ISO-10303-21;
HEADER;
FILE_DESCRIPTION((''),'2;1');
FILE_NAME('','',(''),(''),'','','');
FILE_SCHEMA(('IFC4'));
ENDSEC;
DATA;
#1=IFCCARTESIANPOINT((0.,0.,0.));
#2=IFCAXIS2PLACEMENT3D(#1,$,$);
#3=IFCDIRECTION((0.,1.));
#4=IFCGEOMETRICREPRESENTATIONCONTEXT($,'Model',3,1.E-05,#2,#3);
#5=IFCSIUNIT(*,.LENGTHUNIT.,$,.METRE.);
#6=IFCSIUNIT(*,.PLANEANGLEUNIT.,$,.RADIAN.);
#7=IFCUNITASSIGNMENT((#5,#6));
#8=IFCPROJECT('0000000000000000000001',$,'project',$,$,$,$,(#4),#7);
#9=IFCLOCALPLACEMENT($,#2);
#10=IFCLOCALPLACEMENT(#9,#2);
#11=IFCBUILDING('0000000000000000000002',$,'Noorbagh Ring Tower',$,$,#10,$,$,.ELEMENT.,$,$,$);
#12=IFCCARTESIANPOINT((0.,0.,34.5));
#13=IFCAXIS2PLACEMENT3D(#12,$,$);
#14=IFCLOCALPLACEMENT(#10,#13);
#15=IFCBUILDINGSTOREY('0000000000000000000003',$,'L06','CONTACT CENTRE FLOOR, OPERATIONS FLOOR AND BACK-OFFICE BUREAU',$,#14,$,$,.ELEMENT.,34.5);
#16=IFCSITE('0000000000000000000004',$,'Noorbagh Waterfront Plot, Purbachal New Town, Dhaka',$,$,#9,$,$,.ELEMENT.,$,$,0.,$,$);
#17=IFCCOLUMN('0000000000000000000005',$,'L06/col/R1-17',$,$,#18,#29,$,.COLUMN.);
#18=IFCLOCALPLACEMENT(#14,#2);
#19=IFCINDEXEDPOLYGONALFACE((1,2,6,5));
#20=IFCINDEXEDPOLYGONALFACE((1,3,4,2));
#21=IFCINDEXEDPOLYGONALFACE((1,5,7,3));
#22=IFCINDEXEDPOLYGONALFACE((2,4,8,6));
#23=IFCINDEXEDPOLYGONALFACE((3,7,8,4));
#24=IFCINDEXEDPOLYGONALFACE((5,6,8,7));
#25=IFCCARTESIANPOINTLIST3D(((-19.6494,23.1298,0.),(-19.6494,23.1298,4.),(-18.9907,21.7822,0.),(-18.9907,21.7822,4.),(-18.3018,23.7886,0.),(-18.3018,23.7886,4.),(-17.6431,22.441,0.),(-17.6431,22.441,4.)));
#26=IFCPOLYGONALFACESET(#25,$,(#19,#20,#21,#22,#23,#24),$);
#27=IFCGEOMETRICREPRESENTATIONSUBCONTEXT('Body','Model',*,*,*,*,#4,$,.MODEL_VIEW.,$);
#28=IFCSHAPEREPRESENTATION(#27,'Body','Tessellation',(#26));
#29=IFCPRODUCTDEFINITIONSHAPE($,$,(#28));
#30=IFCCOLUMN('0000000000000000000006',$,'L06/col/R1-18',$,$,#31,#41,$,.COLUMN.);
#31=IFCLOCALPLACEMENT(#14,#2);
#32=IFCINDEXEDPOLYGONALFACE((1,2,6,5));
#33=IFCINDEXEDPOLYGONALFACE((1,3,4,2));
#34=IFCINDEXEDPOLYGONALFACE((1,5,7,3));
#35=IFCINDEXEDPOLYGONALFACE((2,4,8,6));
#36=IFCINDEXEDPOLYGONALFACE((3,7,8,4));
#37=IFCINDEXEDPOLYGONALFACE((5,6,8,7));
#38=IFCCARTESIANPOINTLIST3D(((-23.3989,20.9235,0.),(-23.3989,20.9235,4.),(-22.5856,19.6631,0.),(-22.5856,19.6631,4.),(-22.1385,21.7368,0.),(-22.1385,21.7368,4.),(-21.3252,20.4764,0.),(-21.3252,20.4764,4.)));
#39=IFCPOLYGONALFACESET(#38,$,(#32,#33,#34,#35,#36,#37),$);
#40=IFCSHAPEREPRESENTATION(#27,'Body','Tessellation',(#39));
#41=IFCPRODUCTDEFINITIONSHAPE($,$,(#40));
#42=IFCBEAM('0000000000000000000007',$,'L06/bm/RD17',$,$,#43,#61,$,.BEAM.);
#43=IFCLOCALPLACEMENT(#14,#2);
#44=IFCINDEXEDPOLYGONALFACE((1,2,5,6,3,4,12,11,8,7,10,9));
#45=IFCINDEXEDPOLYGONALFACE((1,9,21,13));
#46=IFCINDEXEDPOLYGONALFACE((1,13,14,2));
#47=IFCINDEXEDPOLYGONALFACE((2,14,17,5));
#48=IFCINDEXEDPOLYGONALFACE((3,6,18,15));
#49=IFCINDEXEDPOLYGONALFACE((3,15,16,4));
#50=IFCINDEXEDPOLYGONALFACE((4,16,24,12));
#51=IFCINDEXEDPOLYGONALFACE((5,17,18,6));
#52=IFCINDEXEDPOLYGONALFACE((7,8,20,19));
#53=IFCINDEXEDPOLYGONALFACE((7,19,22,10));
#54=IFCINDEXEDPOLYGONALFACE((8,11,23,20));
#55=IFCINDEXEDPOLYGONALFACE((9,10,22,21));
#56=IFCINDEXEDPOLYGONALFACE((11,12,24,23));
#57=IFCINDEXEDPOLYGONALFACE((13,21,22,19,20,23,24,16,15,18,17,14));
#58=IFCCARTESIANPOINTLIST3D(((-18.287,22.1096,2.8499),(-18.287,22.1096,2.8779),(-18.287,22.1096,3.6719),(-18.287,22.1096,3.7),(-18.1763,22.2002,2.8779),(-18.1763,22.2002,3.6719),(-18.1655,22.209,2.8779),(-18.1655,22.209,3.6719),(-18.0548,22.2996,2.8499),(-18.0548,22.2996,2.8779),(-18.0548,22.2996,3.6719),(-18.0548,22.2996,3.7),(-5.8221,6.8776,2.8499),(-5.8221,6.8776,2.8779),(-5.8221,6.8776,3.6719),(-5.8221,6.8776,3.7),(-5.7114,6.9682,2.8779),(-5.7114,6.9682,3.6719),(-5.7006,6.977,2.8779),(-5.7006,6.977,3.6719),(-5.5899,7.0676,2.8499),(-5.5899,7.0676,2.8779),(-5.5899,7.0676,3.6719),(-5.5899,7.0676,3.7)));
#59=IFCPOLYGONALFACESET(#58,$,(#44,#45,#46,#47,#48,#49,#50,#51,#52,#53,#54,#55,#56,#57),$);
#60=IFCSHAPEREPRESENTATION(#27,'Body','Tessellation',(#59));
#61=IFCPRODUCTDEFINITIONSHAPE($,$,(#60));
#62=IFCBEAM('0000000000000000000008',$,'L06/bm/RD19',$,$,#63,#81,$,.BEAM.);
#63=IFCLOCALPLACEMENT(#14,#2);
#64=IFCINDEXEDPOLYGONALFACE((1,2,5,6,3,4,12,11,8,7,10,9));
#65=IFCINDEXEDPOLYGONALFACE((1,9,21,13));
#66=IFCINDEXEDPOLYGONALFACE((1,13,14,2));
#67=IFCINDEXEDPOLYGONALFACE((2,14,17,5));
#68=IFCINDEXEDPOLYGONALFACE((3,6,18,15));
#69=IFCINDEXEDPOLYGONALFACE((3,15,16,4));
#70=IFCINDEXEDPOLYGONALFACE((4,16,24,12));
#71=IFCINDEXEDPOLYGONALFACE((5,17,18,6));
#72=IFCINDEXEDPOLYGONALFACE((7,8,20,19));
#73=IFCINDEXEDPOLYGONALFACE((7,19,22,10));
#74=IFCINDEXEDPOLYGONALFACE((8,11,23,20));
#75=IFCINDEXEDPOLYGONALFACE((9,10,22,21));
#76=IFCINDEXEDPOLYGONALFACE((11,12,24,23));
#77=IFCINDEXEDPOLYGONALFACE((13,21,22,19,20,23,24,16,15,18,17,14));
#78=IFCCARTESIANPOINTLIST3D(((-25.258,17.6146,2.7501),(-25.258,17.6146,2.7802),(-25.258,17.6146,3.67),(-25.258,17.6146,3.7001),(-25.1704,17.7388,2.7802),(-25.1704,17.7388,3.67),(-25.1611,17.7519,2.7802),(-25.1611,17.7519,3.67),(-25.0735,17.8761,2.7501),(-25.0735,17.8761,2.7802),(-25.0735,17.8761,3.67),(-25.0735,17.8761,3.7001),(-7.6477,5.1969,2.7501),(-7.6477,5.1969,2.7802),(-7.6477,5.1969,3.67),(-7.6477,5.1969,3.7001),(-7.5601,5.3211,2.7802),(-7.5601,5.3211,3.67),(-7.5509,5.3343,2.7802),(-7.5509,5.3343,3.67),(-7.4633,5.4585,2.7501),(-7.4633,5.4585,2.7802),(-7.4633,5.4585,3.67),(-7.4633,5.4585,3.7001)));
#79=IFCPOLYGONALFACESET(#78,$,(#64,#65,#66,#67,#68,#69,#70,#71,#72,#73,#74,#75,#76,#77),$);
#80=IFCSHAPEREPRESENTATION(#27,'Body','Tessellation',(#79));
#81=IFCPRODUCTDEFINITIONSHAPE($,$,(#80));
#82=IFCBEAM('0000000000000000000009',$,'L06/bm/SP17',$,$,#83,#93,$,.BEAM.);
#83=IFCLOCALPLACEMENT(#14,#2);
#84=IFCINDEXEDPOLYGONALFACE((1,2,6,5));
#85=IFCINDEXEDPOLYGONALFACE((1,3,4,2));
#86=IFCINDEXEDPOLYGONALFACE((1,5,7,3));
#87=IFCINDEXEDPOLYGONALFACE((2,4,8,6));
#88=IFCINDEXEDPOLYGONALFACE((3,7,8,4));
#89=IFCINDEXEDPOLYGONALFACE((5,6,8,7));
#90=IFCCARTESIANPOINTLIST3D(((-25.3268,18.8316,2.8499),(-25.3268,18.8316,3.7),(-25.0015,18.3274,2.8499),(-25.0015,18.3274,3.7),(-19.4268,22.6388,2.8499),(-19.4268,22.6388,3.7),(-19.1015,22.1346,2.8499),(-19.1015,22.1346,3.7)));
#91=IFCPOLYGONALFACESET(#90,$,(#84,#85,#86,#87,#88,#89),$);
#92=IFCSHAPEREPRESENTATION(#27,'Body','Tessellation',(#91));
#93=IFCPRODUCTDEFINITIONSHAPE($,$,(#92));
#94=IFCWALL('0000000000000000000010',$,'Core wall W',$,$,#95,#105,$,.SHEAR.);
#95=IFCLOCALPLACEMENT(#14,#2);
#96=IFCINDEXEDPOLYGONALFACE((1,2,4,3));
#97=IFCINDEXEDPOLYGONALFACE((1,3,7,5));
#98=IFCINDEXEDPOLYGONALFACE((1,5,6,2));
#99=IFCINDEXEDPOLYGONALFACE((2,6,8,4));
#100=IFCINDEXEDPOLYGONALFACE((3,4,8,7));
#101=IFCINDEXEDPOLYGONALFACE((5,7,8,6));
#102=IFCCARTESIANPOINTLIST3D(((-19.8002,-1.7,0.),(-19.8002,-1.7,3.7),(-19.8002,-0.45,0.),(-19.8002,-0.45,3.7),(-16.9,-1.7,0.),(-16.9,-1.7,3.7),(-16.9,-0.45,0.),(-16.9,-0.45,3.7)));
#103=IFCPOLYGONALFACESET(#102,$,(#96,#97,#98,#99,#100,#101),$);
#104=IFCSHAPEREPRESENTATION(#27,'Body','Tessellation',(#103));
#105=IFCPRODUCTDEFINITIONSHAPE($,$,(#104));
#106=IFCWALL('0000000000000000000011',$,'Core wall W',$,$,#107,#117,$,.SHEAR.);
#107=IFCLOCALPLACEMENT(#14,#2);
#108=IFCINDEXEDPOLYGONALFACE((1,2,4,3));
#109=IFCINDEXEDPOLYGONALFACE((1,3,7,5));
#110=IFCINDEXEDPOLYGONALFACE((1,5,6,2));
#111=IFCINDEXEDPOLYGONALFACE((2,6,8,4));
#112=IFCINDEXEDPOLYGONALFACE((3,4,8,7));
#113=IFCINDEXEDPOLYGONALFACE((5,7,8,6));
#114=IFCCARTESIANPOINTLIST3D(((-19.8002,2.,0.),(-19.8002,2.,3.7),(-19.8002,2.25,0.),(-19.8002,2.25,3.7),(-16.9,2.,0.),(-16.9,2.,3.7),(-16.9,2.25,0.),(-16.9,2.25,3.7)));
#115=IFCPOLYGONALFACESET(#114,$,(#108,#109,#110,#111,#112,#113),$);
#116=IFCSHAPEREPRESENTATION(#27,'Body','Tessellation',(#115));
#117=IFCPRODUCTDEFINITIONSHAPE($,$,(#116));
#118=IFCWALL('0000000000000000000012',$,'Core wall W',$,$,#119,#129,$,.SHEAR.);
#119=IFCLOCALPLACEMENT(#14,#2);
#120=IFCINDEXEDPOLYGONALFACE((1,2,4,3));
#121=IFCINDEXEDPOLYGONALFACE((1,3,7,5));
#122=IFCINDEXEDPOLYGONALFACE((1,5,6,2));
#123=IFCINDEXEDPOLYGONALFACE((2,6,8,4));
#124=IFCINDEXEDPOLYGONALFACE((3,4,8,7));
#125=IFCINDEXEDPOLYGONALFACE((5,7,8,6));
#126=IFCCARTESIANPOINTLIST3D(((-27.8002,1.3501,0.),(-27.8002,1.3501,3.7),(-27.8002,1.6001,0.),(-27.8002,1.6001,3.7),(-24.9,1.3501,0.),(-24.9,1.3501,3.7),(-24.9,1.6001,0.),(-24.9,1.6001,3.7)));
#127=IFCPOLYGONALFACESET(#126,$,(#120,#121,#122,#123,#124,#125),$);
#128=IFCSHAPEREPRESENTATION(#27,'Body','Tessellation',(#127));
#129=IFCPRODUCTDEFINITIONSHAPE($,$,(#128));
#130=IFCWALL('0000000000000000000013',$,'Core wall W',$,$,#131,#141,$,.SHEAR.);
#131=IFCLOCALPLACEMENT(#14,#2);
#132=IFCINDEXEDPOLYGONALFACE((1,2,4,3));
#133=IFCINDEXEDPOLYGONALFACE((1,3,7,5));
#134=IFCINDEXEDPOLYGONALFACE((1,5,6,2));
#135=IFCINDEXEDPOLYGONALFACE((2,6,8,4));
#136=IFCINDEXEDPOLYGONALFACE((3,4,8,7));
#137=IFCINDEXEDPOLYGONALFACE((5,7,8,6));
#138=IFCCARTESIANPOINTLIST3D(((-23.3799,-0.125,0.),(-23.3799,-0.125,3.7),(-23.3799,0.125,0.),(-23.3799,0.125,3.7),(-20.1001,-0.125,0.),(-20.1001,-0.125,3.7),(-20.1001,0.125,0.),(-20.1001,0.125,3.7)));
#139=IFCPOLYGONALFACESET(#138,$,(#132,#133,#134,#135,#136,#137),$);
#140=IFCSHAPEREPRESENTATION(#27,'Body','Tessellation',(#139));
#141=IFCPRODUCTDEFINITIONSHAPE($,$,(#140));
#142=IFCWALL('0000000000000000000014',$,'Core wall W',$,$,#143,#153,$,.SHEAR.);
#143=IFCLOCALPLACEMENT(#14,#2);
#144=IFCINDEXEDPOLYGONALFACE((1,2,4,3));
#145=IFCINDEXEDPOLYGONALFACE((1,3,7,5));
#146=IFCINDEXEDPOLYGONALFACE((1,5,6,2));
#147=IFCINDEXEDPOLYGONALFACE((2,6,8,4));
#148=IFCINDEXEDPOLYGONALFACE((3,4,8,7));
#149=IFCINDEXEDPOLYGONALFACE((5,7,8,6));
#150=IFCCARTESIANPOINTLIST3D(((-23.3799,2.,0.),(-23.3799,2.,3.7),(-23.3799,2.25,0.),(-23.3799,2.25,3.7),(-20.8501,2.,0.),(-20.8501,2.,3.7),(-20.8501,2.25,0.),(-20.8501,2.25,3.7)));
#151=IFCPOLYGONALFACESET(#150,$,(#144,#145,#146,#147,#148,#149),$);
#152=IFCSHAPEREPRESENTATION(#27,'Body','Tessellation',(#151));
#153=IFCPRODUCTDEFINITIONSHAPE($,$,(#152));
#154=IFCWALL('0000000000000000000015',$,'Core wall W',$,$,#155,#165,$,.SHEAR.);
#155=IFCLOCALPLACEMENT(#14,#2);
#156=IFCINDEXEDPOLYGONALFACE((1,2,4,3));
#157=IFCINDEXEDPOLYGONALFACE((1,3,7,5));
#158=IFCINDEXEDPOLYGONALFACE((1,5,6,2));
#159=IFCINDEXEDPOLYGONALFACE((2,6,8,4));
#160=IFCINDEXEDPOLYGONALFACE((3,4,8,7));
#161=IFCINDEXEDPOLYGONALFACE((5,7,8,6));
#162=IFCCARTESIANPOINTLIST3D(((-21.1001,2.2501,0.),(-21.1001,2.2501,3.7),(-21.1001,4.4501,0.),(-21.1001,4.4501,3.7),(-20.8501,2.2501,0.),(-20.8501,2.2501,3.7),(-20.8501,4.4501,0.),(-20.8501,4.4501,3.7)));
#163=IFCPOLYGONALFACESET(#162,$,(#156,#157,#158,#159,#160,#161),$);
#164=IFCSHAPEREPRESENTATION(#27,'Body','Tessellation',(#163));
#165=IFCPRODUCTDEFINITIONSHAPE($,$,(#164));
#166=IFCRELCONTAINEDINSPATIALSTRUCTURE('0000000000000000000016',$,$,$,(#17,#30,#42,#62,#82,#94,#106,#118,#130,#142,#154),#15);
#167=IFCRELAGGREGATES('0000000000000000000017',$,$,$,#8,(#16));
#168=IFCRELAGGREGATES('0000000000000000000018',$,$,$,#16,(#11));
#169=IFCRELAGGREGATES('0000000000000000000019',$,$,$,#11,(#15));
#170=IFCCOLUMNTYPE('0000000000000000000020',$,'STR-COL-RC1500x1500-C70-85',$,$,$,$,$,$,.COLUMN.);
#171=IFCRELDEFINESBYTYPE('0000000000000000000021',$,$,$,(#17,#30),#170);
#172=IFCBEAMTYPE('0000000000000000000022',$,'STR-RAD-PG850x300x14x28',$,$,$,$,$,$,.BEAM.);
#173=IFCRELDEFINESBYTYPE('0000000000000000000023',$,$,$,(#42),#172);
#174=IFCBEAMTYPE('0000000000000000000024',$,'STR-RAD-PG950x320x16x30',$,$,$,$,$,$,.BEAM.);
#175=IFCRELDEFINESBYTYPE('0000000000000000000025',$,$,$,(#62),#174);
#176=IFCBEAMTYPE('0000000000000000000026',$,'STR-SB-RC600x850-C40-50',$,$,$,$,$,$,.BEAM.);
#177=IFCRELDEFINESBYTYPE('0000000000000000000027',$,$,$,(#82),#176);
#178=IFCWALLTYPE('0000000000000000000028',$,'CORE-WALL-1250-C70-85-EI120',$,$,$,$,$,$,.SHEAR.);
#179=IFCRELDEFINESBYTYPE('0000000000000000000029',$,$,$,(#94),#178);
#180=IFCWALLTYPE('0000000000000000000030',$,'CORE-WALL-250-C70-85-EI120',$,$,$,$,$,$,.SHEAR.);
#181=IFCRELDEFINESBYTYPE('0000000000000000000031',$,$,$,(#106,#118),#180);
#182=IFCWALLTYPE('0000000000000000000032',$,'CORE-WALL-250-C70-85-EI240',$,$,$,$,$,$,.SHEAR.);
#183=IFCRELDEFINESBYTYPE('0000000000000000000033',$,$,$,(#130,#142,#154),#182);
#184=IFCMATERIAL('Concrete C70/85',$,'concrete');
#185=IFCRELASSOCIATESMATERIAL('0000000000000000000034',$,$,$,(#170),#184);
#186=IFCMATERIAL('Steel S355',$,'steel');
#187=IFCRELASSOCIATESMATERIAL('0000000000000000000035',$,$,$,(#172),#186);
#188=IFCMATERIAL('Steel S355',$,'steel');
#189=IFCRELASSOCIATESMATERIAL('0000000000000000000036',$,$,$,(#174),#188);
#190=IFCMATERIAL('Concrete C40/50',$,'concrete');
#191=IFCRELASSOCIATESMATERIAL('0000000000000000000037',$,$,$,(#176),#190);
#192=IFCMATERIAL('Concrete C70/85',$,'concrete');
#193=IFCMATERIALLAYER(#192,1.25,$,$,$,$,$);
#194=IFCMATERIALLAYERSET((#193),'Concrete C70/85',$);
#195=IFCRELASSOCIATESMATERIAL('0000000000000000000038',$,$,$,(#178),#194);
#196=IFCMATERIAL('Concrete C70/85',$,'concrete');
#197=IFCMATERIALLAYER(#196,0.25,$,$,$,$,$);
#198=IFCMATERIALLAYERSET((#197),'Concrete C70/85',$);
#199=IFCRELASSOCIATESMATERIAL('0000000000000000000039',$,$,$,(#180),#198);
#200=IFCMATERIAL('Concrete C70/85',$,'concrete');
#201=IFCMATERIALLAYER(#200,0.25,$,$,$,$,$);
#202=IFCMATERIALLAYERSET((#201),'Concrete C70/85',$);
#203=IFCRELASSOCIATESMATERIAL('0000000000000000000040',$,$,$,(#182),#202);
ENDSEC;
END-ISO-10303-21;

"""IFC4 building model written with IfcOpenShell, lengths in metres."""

from ifc_helpers import new_model, si_unit, direction, frame, frame_2d, origin, origin_2d, place, context, subcontext, project, spatial, rectangle, i_section, extrude, material, layer, layer_set, material_profile, profile_set, type_object, element, save


model = new_model("IFC4")

# Units and contexts
model_context = context("Model", 3, precision=1e-05, world=origin(), true_north=direction((0.0, 1.0)))
body_context = subcontext(model_context, "Body", "Model", "MODEL_VIEW")
ifc_project = project(units=[si_unit("LENGTHUNIT", "METRE"), si_unit("PLANEANGLEUNIT", "RADIAN")], contexts=[model_context])

# Site, building, storey
site_placement = place(None, origin())
site = spatial("IfcSite", under=ifc_project, at=site_placement, Name="Noorbagh Waterfront Plot, Purbachal New Town, Dhaka", CompositionType="ELEMENT", RefElevation=0.0)
building_placement = place(site_placement, origin())
building = spatial("IfcBuilding", under=site, at=building_placement, Name="Noorbagh Ring Tower", CompositionType="ELEMENT")
storey_placement = place(building_placement, frame((0.0, 0.0, 34.5)))
storey = spatial("IfcBuildingStorey", under=building, at=storey_placement, Name="L06", Description="CONTACT CENTRE FLOOR, OPERATIONS FLOOR AND BACK-OFFICE BUREAU", CompositionType="ELEMENT", Elevation=34.5)

# Columns
ifc_material_1 = material(Name="Concrete C70/85", Category="concrete")
ifc_material_profile_1 = material_profile(ifc_material_1, rectangle(XDim=1.5, YDim=1.5, at=origin_2d()), Name="RC1500x1500")
ifc_profile_set_1 = profile_set([ifc_material_profile_1], Name="Concrete C70/85")
column_type = type_object("IfcColumnType", Name="STR-COL-RC1500x1500-C70-85", PredefinedType="COLUMN", material=ifc_profile_set_1)
for number, where, z_axis, x_axis, name in (
    (1, (-18.6462, 22.7854, 0.0), (0.0, 0.0, 1.0), (-0.898399, -0.43918, 0.0), "L06/col/R1-17"),
    (2, (-22.3621, 20.7, 0.0), (0.0, 0.0, 1.0), (-0.840248, -0.542203, 0.0), "L06/col/R1-18"),
):
    element("IfcColumn", number, at=place(storey_placement, frame(where, z_axis=z_axis, x_axis=x_axis)), inside=storey, type_object=column_type, Name=name, PredefinedType="COLUMN", context=body_context, shape_type="SweptSolid", body=[
        extrude(rectangle(XDim=1.5, YDim=1.5, at=origin_2d()), origin(), (0.0, 0.0, 1.0), 4.0),
    ])

# Beams
ifc_material_2 = material(Name="Steel S355", Category="steel")
ifc_material_profile_2 = material_profile(ifc_material_2, i_section(OverallWidth=0.3, OverallDepth=0.8501, WebThickness=0.0139, FlangeThickness=0.0281, at=origin_2d()), Name="PG850x300x14x28")
ifc_profile_set_2 = profile_set([ifc_material_profile_2], Name="Steel S355")
beam_type_1 = type_object("IfcBeamType", Name="STR-RAD-PG850x300x14x28", PredefinedType="BEAM", material=ifc_profile_set_2)
beam_1_placement = place(storey_placement, frame((-18.1709, 22.2046, 3.2749), z_axis=(0.633309, -0.773899, 0.0), x_axis=(0.773899, 0.633309, 0.0)))
element("IfcBeam", 3, at=beam_1_placement, inside=storey, type_object=beam_type_1, Name="L06/bm/RD17", PredefinedType="BEAM", context=body_context, shape_type="SweptSolid", body=[
    extrude(i_section(OverallWidth=0.3, OverallDepth=0.8501, WebThickness=0.0139, FlangeThickness=0.0281, at=origin_2d()), origin(), (0.0, 0.0, 1.0), 19.6821),
])
ifc_material_3 = material(Name="Steel S355", Category="steel")
ifc_material_profile_3 = material_profile(ifc_material_3, i_section(OverallWidth=0.3201, OverallDepth=0.95, WebThickness=0.0161, FlangeThickness=0.03, at=origin_2d()), Name="PG950x320x16x30")
ifc_profile_set_3 = profile_set([ifc_material_profile_3], Name="Steel S355")
beam_type_2 = type_object("IfcBeamType", Name="STR-RAD-PG950x320x16x30", PredefinedType="BEAM", material=ifc_profile_set_3)
beam_2_placement = place(storey_placement, frame((-25.1658, 17.7454, 3.2251), z_axis=(0.817254, -0.576277, 0.0), x_axis=(0.576277, 0.817254, 0.0)))
element("IfcBeam", 4, at=beam_2_placement, inside=storey, type_object=beam_type_2, Name="L06/bm/RD19", PredefinedType="BEAM", context=body_context, shape_type="SweptSolid", body=[
    extrude(i_section(OverallWidth=0.3201, OverallDepth=0.95, WebThickness=0.0161, FlangeThickness=0.03, at=origin_2d()), origin(), (0.0, 0.0, 1.0), 21.5481),
])
ifc_material_4 = material(Name="Concrete C40/50", Category="concrete")
ifc_material_profile_4 = material_profile(ifc_material_4, rectangle(XDim=0.6001, YDim=0.8501, at=origin_2d()), Name="RC600x850")
ifc_profile_set_4 = profile_set([ifc_material_profile_4], Name="Concrete C40/50")
beam_type_3 = type_object("IfcBeamType", Name="STR-SB-RC600x850-C40-50", PredefinedType="BEAM", material=ifc_profile_set_4)
beam_3_placement = place(storey_placement, frame((-19.2642, 22.3867, 3.2749), z_axis=(-0.840249, -0.542201, 0.0), x_axis=(0.542201, -0.840249, 0.0)))
element("IfcBeam", 5, at=beam_3_placement, inside=storey, type_object=beam_type_3, Name="L06/bm/SP17", PredefinedType="BEAM", context=body_context, shape_type="SweptSolid", body=[
    extrude(rectangle(XDim=0.6001, YDim=0.8501, at=origin_2d()), origin(), (0.0, 0.0, 1.0), 7.0217),
])

# Walls
ifc_material_5 = material(Name="Concrete C70/85", Category="concrete")
ifc_layer_1 = layer(ifc_material_5, 1.25)
ifc_layer_set_1 = layer_set([ifc_layer_1], Name="Concrete C70/85")
wall_type_1 = type_object("IfcWallType", Name="CORE-WALL-1250-C70-85-EI120", PredefinedType="SHEAR", material=ifc_layer_set_1)
wall_1_placement = place(storey_placement, frame((-16.8999, -1.075, 0.0), z_axis=(0.0, 0.0, 1.0), x_axis=(-1.0, 0.0, 0.0)))
element("IfcWall", 6, at=wall_1_placement, inside=storey, type_object=wall_type_1, Name="Core wall W", PredefinedType="SHEAR", context=body_context, shape_type="SweptSolid", body=[
    extrude(rectangle(XDim=2.9001, YDim=1.25, at=frame_2d((1.4502, 0.0))), origin(), (0.0, 0.0, 1.0), 3.7),
])
ifc_material_6 = material(Name="Concrete C70/85", Category="concrete")
ifc_layer_2 = layer(ifc_material_6, 0.25)
ifc_layer_set_2 = layer_set([ifc_layer_2], Name="Concrete C70/85")
wall_type_2 = type_object("IfcWallType", Name="CORE-WALL-250-C70-85-EI120", PredefinedType="SHEAR", material=ifc_layer_set_2)
for number, where, z_axis, x_axis, name in (
    (7, (-16.8999, 2.125, 0.0), (0.0, 0.0, 1.0), (-1.0, 0.0, 0.0), "Core wall W"),
    (8, (-24.8999, 1.4751, 0.0), (0.0, 0.0, 1.0), (-1.0, 0.0, 0.0), "Core wall W"),
):
    element("IfcWall", number, at=place(storey_placement, frame(where, z_axis=z_axis, x_axis=x_axis)), inside=storey, type_object=wall_type_2, Name=name, PredefinedType="SHEAR", context=body_context, shape_type="SweptSolid", body=[
        extrude(rectangle(XDim=2.9001, YDim=0.25, at=frame_2d((1.4502, 0.0))), origin(), (0.0, 0.0, 1.0), 3.7),
    ])
ifc_material_7 = material(Name="Concrete C70/85", Category="concrete")
ifc_layer_3 = layer(ifc_material_7, 0.25)
ifc_layer_set_3 = layer_set([ifc_layer_3], Name="Concrete C70/85")
wall_type_3 = type_object("IfcWallType", Name="CORE-WALL-250-C70-85-EI240", PredefinedType="SHEAR", material=ifc_layer_set_3)
wall_2_placement = place(storey_placement, frame((-20.1001, 0.0, 0.0), z_axis=(0.0, 0.0, 1.0), x_axis=(-1.0, 0.0, 0.0)))
element("IfcWall", 9, at=wall_2_placement, inside=storey, type_object=wall_type_3, Name="Core wall W", PredefinedType="SHEAR", context=body_context, shape_type="SweptSolid", body=[
    extrude(rectangle(XDim=3.2798, YDim=0.25, at=frame_2d((1.6399, 0.0))), origin(), (0.0, 0.0, 1.0), 3.7),
])
wall_3_placement = place(storey_placement, frame((-20.8501, 2.125, 0.0), z_axis=(0.0, 0.0, 1.0), x_axis=(-1.0, 0.0, 0.0)))
element("IfcWall", 10, at=wall_3_placement, inside=storey, type_object=wall_type_3, Name="Core wall W", PredefinedType="SHEAR", context=body_context, shape_type="SweptSolid", body=[
    extrude(rectangle(XDim=2.5298, YDim=0.25, at=frame_2d((1.2649, 0.0))), origin(), (0.0, 0.0, 1.0), 3.7),
])
wall_4_placement = place(storey_placement, frame((-20.9751, 2.25, 0.0), z_axis=(0.0, 0.0, 1.0), x_axis=(0.0, 1.0, 0.0)))
element("IfcWall", 11, at=wall_4_placement, inside=storey, type_object=wall_type_3, Name="Core wall W", PredefinedType="SHEAR", context=body_context, shape_type="SweptSolid", body=[
    extrude(rectangle(XDim=2.2, YDim=0.25, at=frame_2d((1.1001, 0.0))), origin(), (0.0, 0.0, 1.0), 3.7),
])

save(model, "model.ifc")
